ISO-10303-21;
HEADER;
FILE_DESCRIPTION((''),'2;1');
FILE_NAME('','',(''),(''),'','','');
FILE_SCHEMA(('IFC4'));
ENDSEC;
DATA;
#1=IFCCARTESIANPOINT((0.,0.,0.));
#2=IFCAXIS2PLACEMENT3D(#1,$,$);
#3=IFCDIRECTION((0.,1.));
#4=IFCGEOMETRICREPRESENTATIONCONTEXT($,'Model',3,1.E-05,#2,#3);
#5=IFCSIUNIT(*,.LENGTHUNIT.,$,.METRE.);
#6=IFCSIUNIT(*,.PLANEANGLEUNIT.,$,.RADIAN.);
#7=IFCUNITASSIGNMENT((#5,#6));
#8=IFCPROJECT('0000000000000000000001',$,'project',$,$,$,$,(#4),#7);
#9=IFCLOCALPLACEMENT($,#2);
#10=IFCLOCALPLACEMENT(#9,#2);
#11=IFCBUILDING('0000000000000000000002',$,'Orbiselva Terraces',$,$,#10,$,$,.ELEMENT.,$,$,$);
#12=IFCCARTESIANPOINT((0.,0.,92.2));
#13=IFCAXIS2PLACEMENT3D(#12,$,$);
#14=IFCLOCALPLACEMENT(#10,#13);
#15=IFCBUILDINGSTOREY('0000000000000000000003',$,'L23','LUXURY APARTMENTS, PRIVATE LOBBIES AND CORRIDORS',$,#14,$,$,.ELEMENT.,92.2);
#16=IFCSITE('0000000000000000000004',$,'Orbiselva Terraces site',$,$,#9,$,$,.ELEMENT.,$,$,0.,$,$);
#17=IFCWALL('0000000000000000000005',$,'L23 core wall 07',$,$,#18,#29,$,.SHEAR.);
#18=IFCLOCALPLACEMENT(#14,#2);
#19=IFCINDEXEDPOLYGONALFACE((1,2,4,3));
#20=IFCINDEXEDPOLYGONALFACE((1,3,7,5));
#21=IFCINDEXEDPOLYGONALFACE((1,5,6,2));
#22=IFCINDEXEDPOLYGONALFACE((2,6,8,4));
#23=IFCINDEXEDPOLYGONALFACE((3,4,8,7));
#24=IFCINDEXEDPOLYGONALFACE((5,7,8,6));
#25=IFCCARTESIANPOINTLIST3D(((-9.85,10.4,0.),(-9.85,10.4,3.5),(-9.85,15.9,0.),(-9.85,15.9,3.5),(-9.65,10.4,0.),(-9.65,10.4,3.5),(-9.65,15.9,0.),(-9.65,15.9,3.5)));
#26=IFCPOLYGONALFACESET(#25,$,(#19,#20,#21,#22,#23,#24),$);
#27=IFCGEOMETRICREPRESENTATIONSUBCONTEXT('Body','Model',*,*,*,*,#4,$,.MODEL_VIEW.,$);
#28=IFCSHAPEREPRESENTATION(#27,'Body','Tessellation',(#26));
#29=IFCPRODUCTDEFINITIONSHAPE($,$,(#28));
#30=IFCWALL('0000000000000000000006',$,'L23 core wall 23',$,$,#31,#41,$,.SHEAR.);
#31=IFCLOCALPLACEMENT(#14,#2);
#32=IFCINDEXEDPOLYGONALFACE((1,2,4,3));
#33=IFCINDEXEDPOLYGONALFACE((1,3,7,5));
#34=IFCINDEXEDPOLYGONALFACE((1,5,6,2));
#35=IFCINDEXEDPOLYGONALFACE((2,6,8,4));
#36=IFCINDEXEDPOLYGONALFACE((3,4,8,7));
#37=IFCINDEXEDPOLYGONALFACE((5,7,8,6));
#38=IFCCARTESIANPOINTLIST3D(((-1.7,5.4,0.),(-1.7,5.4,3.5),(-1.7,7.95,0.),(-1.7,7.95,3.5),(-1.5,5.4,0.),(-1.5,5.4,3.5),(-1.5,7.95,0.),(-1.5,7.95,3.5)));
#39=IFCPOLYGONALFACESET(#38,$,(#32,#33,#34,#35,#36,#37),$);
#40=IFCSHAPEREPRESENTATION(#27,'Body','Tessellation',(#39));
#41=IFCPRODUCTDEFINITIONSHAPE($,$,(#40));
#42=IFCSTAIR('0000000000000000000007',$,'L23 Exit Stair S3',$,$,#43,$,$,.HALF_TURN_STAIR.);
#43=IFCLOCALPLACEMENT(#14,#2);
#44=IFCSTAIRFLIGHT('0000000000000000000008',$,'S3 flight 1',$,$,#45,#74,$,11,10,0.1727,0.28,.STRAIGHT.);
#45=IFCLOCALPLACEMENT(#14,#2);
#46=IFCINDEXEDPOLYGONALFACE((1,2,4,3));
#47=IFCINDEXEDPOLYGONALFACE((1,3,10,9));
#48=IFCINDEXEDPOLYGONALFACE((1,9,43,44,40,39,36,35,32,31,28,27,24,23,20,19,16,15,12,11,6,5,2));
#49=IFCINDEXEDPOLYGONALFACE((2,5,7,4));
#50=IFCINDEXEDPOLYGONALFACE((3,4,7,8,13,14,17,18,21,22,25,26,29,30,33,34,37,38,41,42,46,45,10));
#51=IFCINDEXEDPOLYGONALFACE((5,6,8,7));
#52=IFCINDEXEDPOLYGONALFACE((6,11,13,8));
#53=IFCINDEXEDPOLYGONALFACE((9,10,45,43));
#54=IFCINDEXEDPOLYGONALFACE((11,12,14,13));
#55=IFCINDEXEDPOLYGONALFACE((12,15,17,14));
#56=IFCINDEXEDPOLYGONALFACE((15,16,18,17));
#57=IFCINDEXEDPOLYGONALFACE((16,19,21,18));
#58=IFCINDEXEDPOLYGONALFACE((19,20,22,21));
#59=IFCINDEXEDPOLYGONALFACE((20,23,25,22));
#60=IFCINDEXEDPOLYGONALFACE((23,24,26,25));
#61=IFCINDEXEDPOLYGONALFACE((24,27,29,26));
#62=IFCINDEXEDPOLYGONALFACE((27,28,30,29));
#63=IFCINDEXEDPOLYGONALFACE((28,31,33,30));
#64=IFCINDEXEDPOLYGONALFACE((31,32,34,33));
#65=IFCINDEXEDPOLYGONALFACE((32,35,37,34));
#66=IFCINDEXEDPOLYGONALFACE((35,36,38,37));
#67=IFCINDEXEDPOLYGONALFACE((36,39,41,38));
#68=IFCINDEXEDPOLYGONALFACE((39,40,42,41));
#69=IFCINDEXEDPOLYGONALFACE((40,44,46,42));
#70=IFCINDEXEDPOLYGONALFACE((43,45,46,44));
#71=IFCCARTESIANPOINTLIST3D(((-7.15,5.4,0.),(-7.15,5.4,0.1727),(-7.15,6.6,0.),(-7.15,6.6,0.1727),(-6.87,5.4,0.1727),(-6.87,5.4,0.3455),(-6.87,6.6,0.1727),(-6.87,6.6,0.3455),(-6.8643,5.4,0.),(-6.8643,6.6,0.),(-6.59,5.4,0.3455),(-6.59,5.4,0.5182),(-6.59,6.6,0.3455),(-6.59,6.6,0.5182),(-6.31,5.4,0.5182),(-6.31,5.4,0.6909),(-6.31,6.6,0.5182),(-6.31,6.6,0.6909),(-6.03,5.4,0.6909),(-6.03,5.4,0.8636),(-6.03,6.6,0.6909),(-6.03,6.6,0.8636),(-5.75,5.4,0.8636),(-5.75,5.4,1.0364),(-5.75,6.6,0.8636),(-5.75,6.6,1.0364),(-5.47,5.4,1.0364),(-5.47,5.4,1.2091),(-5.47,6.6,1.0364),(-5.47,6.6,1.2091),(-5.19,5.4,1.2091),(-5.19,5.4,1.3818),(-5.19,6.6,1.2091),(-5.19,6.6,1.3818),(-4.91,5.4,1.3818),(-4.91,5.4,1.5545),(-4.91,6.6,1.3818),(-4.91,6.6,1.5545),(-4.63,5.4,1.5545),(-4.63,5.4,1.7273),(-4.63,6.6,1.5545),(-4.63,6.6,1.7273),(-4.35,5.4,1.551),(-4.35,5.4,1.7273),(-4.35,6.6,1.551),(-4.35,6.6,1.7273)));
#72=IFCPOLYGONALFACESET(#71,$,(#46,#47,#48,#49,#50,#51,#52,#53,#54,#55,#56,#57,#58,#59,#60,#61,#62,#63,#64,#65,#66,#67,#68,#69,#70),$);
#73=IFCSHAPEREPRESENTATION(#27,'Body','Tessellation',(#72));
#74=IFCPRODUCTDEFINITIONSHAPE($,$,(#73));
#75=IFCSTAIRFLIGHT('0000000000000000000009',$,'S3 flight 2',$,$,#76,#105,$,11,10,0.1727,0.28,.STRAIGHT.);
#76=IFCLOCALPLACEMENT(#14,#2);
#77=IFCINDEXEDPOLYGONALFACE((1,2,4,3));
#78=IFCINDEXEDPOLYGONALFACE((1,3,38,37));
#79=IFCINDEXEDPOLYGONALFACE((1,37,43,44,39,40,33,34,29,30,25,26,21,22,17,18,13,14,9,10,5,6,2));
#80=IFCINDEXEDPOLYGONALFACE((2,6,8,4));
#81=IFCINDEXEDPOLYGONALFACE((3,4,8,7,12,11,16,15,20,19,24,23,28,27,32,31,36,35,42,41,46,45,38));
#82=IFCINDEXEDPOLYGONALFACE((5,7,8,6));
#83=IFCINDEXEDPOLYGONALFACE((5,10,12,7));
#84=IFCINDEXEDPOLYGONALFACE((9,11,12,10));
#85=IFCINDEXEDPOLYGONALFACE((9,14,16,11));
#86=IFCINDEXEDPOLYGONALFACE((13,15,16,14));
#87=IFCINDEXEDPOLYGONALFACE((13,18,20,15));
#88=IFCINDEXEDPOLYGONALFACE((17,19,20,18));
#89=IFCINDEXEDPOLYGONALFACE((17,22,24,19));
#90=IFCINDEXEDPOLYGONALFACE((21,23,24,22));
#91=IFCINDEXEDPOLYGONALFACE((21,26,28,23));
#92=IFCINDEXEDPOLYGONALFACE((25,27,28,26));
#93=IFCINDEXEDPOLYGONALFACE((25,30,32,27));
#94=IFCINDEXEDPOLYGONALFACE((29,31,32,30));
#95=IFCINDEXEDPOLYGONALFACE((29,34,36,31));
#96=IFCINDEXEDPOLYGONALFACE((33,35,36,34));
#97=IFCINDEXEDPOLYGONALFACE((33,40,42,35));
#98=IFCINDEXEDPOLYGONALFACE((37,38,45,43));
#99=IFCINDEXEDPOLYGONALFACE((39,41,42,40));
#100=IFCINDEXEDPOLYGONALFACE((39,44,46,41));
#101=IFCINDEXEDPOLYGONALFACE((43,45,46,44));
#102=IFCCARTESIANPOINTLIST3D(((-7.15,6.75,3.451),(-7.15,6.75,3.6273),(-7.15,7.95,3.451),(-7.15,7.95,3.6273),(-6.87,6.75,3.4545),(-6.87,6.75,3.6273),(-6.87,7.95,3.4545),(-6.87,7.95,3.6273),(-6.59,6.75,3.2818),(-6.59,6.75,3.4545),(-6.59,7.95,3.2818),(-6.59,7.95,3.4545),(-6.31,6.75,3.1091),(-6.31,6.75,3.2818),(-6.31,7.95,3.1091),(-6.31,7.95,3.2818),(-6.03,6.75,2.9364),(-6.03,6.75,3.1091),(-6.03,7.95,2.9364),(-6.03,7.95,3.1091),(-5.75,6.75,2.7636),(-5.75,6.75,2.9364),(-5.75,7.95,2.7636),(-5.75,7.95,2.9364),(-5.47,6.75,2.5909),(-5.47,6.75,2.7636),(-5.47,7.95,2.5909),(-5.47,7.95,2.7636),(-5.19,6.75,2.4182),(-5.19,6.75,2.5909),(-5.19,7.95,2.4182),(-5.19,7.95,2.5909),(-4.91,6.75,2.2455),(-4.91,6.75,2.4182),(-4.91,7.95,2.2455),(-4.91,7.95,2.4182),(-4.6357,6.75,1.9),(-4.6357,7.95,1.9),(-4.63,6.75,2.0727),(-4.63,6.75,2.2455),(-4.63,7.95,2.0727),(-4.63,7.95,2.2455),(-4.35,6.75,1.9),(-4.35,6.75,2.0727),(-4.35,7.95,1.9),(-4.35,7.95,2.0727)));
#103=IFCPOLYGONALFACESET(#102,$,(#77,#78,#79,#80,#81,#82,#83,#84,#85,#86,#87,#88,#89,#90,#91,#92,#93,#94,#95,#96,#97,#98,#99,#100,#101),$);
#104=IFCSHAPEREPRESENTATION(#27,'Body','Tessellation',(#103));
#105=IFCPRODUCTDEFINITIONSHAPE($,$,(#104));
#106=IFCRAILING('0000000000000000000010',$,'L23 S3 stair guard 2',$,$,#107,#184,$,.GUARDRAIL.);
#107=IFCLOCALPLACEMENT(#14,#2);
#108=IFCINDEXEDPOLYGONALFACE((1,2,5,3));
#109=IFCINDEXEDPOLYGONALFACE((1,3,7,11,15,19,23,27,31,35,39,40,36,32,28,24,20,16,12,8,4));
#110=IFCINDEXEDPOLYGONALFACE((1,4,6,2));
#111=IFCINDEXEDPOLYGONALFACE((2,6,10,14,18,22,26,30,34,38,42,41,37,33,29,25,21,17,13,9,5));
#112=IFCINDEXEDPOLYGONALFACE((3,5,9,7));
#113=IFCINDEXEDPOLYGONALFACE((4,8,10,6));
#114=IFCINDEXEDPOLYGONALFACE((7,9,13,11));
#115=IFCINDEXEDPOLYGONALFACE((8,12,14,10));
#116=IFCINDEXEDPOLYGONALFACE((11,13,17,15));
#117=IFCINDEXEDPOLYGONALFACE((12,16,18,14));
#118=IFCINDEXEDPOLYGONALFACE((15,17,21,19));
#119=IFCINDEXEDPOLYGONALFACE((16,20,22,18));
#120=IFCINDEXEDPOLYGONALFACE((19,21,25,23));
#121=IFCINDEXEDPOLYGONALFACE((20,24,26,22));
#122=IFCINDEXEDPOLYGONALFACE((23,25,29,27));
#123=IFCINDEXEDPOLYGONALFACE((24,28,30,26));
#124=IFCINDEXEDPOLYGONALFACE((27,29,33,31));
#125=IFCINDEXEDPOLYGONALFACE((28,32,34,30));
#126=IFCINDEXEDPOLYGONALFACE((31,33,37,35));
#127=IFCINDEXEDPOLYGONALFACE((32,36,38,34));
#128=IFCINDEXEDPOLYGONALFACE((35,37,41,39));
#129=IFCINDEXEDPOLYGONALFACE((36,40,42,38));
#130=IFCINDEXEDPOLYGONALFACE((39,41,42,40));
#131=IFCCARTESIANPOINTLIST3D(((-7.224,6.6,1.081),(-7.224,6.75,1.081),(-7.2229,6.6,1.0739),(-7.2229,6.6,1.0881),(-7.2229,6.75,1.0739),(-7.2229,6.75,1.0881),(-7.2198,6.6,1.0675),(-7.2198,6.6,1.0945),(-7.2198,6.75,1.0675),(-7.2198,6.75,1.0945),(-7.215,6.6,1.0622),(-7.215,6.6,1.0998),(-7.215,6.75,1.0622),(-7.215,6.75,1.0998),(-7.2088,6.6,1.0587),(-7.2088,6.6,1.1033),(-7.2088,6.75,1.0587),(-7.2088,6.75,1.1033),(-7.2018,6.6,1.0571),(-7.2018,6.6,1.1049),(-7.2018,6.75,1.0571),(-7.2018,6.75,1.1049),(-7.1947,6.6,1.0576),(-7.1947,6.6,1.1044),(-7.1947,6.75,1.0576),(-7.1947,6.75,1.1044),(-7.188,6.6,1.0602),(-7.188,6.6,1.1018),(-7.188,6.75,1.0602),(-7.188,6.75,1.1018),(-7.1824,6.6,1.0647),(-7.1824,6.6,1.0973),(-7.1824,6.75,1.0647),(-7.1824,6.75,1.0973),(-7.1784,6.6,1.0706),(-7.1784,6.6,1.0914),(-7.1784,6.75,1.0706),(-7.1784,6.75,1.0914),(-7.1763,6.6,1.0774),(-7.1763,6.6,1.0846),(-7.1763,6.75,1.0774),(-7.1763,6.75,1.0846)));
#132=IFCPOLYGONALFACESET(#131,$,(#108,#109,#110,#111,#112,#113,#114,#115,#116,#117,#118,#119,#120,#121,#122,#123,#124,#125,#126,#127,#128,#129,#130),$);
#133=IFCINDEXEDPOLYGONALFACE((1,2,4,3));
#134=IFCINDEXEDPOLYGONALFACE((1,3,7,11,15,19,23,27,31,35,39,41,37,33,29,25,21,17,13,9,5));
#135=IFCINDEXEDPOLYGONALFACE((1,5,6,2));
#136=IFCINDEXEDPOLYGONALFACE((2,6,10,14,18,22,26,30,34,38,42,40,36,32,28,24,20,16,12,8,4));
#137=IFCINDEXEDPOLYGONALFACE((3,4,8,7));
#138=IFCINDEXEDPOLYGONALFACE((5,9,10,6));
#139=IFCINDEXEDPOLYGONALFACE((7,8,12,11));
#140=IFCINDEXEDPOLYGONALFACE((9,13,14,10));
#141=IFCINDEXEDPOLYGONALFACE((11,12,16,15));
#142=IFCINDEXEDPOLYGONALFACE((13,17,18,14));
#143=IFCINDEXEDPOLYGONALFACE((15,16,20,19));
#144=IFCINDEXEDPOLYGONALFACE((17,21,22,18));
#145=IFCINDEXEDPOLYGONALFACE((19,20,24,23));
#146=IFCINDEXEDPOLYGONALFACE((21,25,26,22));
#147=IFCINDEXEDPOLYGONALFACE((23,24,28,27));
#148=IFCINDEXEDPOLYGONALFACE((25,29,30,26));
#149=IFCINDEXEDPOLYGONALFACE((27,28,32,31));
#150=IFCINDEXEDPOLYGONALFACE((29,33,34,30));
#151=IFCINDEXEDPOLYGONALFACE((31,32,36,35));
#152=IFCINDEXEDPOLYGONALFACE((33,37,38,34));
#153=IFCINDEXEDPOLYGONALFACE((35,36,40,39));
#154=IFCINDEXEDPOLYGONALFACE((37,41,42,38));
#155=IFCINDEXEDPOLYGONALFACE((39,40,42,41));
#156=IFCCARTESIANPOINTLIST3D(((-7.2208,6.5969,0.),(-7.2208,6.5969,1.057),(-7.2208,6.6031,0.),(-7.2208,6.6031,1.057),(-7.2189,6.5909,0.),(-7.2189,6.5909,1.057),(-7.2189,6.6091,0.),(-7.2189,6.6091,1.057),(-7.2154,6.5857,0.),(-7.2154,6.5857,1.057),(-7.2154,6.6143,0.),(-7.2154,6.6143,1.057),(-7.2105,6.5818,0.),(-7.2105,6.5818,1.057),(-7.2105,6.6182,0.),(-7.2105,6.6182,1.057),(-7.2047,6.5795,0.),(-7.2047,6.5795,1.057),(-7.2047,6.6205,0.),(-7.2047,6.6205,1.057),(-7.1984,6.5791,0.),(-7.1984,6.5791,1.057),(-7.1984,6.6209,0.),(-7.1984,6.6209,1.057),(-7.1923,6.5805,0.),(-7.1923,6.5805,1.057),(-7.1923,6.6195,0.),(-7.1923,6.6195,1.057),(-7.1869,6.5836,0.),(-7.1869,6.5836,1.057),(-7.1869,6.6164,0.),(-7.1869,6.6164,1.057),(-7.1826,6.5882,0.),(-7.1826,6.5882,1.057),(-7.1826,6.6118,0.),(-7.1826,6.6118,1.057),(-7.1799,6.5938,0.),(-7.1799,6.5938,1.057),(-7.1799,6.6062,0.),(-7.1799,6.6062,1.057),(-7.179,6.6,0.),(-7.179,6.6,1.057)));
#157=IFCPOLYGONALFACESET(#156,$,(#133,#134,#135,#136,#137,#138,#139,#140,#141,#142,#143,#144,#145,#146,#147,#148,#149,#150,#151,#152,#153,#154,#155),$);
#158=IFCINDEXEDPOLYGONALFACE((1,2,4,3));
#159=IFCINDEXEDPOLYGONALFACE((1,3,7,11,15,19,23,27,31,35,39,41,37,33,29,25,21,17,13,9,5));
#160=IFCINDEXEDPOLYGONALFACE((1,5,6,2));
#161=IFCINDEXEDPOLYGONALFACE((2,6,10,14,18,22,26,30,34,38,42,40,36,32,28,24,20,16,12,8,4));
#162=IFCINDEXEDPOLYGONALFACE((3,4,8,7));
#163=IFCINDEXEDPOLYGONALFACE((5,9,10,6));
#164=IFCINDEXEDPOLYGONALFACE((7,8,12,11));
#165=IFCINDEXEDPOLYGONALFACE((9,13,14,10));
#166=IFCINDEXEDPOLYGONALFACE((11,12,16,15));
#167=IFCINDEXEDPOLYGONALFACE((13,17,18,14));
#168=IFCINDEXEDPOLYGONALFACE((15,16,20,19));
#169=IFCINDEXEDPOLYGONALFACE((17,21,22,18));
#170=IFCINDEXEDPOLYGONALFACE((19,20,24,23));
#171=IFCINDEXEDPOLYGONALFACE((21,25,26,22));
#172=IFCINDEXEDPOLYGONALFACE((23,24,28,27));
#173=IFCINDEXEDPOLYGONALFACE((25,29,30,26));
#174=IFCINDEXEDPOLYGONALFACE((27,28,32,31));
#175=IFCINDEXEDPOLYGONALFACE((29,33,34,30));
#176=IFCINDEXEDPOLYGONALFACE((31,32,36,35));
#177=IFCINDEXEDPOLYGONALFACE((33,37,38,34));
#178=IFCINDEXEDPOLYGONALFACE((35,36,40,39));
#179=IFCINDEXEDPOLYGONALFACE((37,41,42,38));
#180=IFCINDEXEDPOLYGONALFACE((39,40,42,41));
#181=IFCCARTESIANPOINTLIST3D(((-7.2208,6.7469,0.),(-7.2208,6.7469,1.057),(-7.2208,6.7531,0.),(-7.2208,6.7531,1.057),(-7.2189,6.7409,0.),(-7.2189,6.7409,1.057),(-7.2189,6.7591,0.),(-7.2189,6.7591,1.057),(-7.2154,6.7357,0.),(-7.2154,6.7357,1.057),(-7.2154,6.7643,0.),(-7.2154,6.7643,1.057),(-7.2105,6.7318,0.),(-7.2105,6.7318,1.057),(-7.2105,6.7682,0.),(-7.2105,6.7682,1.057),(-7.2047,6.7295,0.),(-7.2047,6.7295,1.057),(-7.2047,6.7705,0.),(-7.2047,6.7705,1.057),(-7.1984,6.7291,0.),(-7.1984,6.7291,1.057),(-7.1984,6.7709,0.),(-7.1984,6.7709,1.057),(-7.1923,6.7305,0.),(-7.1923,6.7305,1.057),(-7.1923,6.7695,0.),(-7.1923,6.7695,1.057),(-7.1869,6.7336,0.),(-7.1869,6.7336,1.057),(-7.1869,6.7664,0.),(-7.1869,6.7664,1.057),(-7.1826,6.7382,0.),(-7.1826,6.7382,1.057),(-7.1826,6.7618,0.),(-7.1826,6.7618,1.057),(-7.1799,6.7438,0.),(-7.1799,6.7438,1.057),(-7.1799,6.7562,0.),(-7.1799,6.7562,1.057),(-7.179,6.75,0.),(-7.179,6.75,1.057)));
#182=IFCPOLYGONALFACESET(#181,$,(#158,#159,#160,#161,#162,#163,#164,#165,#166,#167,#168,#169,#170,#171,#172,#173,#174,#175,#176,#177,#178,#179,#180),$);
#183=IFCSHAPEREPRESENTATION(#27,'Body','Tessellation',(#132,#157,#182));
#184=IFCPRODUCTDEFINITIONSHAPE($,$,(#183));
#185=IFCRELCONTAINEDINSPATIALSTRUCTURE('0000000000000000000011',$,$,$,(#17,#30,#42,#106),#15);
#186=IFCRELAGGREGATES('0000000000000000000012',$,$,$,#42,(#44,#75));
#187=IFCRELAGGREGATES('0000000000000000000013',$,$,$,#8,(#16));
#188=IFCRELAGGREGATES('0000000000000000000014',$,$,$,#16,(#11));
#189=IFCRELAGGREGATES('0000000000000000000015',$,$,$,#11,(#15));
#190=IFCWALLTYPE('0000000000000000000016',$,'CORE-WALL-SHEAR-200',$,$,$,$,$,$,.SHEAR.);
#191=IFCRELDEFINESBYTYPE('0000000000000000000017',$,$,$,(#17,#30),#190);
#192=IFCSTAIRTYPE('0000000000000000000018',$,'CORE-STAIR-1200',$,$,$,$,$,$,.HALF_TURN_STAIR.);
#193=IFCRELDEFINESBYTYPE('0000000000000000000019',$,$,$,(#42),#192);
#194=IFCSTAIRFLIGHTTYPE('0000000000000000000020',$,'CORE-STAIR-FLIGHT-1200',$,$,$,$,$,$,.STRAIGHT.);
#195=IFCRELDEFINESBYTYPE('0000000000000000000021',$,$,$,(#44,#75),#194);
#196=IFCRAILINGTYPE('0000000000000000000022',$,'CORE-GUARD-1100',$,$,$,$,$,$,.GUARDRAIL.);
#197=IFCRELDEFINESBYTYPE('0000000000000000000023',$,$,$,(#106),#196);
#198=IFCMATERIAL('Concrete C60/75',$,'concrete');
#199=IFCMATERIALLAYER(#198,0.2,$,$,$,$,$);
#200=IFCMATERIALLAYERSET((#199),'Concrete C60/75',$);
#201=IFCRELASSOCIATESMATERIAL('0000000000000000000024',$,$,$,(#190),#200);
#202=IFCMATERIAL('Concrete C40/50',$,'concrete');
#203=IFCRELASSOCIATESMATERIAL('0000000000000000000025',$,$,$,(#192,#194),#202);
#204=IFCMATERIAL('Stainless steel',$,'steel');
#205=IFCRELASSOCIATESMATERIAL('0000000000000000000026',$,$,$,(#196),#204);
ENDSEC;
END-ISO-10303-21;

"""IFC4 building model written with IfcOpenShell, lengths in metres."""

from ifc_helpers import new_model, si_unit, direction, frame, frame_2d, origin, origin_2d, place, context, subcontext, project, spatial, polyline, rectangle, circle, outline, extrude, material, layer, layer_set, type_object, element, aggregate, save


model = new_model("IFC4")

# Units and contexts
model_context = context("Model", 3, precision=1e-05, world=origin(), true_north=direction((0.0, 1.0)))
body_context = subcontext(model_context, "Body", "Model", "MODEL_VIEW")
ifc_project = project(units=[si_unit("LENGTHUNIT", "METRE"), si_unit("PLANEANGLEUNIT", "RADIAN")], contexts=[model_context])

# Site, building, storey
site_placement = place(None, origin())
site = spatial("IfcSite", under=ifc_project, at=site_placement, Name="Orbiselva Terraces site", CompositionType="ELEMENT", RefElevation=0.0)
building_placement = place(site_placement, origin())
building = spatial("IfcBuilding", under=site, at=building_placement, Name="Orbiselva Terraces", CompositionType="ELEMENT")
storey_placement = place(building_placement, frame((0.0, 0.0, 92.2)))
storey = spatial("IfcBuildingStorey", under=building, at=storey_placement, Name="L23", Description="LUXURY APARTMENTS, PRIVATE LOBBIES AND CORRIDORS", CompositionType="ELEMENT", Elevation=92.2)

# Walls
ifc_material_1 = material(Name="Concrete C60/75", Category="concrete")
ifc_layer_1 = layer(ifc_material_1, 0.2)
ifc_layer_set_1 = layer_set([ifc_layer_1], Name="Concrete C60/75")
wall_type_1 = type_object("IfcWallType", Name="CORE-WALL-SHEAR-200", PredefinedType="SHEAR", material=ifc_layer_set_1)
wall_1_placement = place(storey_placement, frame((-9.75, 10.4, 0.0), z_axis=(0.0, 0.0, 1.0), x_axis=(0.0, 1.0, 0.0)))
element("IfcWall", 1, at=wall_1_placement, inside=storey, type_object=wall_type_1, Name="L23 core wall 07", PredefinedType="SHEAR", context=body_context, shape_type="SweptSolid", body=[
    extrude(rectangle(XDim=5.5, YDim=0.2, at=frame_2d((2.75, 0.0))), origin(), (0.0, 0.0, 1.0), 3.5),
])
wall_2_placement = place(storey_placement, frame((-1.6, 5.4, 0.0), z_axis=(0.0, 0.0, 1.0), x_axis=(0.0, 1.0, 0.0)))
element("IfcWall", 2, at=wall_2_placement, inside=storey, type_object=wall_type_1, Name="L23 core wall 23", PredefinedType="SHEAR", context=body_context, shape_type="SweptSolid", body=[
    extrude(rectangle(XDim=2.55, YDim=0.2, at=frame_2d((1.275, 0.0))), origin(), (0.0, 0.0, 1.0), 3.5),
])

# Stair, stair flights
ifc_material_2 = material(Name="Concrete C40/50", Category="concrete")
stair_type = type_object("IfcStairType", Name="CORE-STAIR-1200", PredefinedType="HALF_TURN_STAIR", material=ifc_material_2)
stair_placement = place(storey_placement, origin())
stair = element("IfcStair", 3, at=stair_placement, inside=storey, type_object=stair_type, Name="L23 Exit Stair S3", PredefinedType="HALF_TURN_STAIR")
stair_flight_type = type_object("IfcStairFlightType", Name="CORE-STAIR-FLIGHT-1200", PredefinedType="STRAIGHT", material=ifc_material_2)
stair_flight_1_placement = place(storey_placement, frame((-7.15, 6.0, 0.0), z_axis=(0.0, 0.0, 1.0), x_axis=(1.0, 0.0, 0.0)))
stair_flight_1 = element("IfcStairFlight", 4, at=stair_flight_1_placement, type_object=stair_flight_type, Name="S3 flight 1", NumberOfRisers=11, NumberOfTreads=10, PredefinedType="STRAIGHT", RiserHeight=0.1727, TreadLength=0.28, context=body_context, shape_type="SweptSolid", body=[
    extrude(outline(polyline([(0.0, 0.0), (0.0, 0.1727), (0.28, 0.1727), (0.28, 0.3455), (0.56, 0.3455), (0.56, 0.5182), (0.84, 0.5182), (0.84, 0.6909), (1.12, 0.6909), (1.12, 0.8636), (1.4, 0.8636), (1.4, 1.0364), (1.68, 1.0364), (1.68, 1.2091), (1.96, 1.2091), (1.96, 1.3818), (2.24, 1.3818), (2.24, 1.5545), (2.52, 1.5545), (2.52, 1.7273), (2.8, 1.7273), (2.8, 1.9), (2.8, 1.551), (0.2857, 0.0), (0.0, 0.0)])), frame((0.0, 0.6, 0.0), z_axis=(0.0, -1.0, 0.0), x_axis=(1.0, 0.0, 0.0)), (0.0, 0.0, 1.0), 1.2),
])
stair_flight_2_placement = place(storey_placement, frame((-4.35, 7.35, 1.9), z_axis=(0.0, 0.0, 1.0), x_axis=(-1.0, 0.0, 0.0)))
stair_flight_2 = element("IfcStairFlight", 5, at=stair_flight_2_placement, type_object=stair_flight_type, Name="S3 flight 2", NumberOfRisers=11, NumberOfTreads=10, PredefinedType="STRAIGHT", RiserHeight=0.1727, TreadLength=0.28, context=body_context, shape_type="SweptSolid", body=[
    extrude(outline(polyline([(0.0, 0.0), (0.0, 0.1727), (0.28, 0.1727), (0.28, 0.3455), (0.56, 0.3455), (0.56, 0.5182), (0.84, 0.5182), (0.84, 0.6909), (1.12, 0.6909), (1.12, 0.8636), (1.4, 0.8636), (1.4, 1.0364), (1.68, 1.0364), (1.68, 1.2091), (1.96, 1.2091), (1.96, 1.3818), (2.24, 1.3818), (2.24, 1.5545), (2.52, 1.5545), (2.52, 1.7273), (2.8, 1.7273), (2.8, 1.9), (2.8, 1.551), (0.2857, 0.0), (0.0, 0.0)])), frame((0.0, 0.6, 0.0), z_axis=(0.0, -1.0, 0.0), x_axis=(1.0, 0.0, 0.0)), (0.0, 0.0, 1.0), 1.2),
])
aggregate(stair, [stair_flight_1, stair_flight_2])

# Railing
ifc_material_3 = material(Name="Stainless steel", Category="steel")
railing_type_1 = type_object("IfcRailingType", Name="CORE-GUARD-1100", PredefinedType="GUARDRAIL", material=ifc_material_3)
railing_1_placement = place(storey_placement, frame((-7.2, 6.6, 0.0)))
element("IfcRailing", 6, at=railing_1_placement, inside=storey, type_object=railing_type_1, Name="L23 S3 stair guard 2", PredefinedType="GUARDRAIL", context=body_context, shape_type="SweptSolid", body=[
    extrude(circle(Radius=0.024, at=origin_2d()), frame((0.0, 0.0, 1.081), z_axis=(0.0, 1.0, 0.0), x_axis=(-1.0, 0.0, 0.0)), (0.0, 0.0, 1.0), 0.15),
    extrude(circle(Radius=0.021, at=origin_2d()), origin(), (0.0, 0.0, 1.0), 1.057),
    extrude(circle(Radius=0.021, at=origin_2d()), frame((0.0, 0.15, 0.0)), (0.0, 0.0, 1.0), 1.057),
])

save(model, "model.ifc")
